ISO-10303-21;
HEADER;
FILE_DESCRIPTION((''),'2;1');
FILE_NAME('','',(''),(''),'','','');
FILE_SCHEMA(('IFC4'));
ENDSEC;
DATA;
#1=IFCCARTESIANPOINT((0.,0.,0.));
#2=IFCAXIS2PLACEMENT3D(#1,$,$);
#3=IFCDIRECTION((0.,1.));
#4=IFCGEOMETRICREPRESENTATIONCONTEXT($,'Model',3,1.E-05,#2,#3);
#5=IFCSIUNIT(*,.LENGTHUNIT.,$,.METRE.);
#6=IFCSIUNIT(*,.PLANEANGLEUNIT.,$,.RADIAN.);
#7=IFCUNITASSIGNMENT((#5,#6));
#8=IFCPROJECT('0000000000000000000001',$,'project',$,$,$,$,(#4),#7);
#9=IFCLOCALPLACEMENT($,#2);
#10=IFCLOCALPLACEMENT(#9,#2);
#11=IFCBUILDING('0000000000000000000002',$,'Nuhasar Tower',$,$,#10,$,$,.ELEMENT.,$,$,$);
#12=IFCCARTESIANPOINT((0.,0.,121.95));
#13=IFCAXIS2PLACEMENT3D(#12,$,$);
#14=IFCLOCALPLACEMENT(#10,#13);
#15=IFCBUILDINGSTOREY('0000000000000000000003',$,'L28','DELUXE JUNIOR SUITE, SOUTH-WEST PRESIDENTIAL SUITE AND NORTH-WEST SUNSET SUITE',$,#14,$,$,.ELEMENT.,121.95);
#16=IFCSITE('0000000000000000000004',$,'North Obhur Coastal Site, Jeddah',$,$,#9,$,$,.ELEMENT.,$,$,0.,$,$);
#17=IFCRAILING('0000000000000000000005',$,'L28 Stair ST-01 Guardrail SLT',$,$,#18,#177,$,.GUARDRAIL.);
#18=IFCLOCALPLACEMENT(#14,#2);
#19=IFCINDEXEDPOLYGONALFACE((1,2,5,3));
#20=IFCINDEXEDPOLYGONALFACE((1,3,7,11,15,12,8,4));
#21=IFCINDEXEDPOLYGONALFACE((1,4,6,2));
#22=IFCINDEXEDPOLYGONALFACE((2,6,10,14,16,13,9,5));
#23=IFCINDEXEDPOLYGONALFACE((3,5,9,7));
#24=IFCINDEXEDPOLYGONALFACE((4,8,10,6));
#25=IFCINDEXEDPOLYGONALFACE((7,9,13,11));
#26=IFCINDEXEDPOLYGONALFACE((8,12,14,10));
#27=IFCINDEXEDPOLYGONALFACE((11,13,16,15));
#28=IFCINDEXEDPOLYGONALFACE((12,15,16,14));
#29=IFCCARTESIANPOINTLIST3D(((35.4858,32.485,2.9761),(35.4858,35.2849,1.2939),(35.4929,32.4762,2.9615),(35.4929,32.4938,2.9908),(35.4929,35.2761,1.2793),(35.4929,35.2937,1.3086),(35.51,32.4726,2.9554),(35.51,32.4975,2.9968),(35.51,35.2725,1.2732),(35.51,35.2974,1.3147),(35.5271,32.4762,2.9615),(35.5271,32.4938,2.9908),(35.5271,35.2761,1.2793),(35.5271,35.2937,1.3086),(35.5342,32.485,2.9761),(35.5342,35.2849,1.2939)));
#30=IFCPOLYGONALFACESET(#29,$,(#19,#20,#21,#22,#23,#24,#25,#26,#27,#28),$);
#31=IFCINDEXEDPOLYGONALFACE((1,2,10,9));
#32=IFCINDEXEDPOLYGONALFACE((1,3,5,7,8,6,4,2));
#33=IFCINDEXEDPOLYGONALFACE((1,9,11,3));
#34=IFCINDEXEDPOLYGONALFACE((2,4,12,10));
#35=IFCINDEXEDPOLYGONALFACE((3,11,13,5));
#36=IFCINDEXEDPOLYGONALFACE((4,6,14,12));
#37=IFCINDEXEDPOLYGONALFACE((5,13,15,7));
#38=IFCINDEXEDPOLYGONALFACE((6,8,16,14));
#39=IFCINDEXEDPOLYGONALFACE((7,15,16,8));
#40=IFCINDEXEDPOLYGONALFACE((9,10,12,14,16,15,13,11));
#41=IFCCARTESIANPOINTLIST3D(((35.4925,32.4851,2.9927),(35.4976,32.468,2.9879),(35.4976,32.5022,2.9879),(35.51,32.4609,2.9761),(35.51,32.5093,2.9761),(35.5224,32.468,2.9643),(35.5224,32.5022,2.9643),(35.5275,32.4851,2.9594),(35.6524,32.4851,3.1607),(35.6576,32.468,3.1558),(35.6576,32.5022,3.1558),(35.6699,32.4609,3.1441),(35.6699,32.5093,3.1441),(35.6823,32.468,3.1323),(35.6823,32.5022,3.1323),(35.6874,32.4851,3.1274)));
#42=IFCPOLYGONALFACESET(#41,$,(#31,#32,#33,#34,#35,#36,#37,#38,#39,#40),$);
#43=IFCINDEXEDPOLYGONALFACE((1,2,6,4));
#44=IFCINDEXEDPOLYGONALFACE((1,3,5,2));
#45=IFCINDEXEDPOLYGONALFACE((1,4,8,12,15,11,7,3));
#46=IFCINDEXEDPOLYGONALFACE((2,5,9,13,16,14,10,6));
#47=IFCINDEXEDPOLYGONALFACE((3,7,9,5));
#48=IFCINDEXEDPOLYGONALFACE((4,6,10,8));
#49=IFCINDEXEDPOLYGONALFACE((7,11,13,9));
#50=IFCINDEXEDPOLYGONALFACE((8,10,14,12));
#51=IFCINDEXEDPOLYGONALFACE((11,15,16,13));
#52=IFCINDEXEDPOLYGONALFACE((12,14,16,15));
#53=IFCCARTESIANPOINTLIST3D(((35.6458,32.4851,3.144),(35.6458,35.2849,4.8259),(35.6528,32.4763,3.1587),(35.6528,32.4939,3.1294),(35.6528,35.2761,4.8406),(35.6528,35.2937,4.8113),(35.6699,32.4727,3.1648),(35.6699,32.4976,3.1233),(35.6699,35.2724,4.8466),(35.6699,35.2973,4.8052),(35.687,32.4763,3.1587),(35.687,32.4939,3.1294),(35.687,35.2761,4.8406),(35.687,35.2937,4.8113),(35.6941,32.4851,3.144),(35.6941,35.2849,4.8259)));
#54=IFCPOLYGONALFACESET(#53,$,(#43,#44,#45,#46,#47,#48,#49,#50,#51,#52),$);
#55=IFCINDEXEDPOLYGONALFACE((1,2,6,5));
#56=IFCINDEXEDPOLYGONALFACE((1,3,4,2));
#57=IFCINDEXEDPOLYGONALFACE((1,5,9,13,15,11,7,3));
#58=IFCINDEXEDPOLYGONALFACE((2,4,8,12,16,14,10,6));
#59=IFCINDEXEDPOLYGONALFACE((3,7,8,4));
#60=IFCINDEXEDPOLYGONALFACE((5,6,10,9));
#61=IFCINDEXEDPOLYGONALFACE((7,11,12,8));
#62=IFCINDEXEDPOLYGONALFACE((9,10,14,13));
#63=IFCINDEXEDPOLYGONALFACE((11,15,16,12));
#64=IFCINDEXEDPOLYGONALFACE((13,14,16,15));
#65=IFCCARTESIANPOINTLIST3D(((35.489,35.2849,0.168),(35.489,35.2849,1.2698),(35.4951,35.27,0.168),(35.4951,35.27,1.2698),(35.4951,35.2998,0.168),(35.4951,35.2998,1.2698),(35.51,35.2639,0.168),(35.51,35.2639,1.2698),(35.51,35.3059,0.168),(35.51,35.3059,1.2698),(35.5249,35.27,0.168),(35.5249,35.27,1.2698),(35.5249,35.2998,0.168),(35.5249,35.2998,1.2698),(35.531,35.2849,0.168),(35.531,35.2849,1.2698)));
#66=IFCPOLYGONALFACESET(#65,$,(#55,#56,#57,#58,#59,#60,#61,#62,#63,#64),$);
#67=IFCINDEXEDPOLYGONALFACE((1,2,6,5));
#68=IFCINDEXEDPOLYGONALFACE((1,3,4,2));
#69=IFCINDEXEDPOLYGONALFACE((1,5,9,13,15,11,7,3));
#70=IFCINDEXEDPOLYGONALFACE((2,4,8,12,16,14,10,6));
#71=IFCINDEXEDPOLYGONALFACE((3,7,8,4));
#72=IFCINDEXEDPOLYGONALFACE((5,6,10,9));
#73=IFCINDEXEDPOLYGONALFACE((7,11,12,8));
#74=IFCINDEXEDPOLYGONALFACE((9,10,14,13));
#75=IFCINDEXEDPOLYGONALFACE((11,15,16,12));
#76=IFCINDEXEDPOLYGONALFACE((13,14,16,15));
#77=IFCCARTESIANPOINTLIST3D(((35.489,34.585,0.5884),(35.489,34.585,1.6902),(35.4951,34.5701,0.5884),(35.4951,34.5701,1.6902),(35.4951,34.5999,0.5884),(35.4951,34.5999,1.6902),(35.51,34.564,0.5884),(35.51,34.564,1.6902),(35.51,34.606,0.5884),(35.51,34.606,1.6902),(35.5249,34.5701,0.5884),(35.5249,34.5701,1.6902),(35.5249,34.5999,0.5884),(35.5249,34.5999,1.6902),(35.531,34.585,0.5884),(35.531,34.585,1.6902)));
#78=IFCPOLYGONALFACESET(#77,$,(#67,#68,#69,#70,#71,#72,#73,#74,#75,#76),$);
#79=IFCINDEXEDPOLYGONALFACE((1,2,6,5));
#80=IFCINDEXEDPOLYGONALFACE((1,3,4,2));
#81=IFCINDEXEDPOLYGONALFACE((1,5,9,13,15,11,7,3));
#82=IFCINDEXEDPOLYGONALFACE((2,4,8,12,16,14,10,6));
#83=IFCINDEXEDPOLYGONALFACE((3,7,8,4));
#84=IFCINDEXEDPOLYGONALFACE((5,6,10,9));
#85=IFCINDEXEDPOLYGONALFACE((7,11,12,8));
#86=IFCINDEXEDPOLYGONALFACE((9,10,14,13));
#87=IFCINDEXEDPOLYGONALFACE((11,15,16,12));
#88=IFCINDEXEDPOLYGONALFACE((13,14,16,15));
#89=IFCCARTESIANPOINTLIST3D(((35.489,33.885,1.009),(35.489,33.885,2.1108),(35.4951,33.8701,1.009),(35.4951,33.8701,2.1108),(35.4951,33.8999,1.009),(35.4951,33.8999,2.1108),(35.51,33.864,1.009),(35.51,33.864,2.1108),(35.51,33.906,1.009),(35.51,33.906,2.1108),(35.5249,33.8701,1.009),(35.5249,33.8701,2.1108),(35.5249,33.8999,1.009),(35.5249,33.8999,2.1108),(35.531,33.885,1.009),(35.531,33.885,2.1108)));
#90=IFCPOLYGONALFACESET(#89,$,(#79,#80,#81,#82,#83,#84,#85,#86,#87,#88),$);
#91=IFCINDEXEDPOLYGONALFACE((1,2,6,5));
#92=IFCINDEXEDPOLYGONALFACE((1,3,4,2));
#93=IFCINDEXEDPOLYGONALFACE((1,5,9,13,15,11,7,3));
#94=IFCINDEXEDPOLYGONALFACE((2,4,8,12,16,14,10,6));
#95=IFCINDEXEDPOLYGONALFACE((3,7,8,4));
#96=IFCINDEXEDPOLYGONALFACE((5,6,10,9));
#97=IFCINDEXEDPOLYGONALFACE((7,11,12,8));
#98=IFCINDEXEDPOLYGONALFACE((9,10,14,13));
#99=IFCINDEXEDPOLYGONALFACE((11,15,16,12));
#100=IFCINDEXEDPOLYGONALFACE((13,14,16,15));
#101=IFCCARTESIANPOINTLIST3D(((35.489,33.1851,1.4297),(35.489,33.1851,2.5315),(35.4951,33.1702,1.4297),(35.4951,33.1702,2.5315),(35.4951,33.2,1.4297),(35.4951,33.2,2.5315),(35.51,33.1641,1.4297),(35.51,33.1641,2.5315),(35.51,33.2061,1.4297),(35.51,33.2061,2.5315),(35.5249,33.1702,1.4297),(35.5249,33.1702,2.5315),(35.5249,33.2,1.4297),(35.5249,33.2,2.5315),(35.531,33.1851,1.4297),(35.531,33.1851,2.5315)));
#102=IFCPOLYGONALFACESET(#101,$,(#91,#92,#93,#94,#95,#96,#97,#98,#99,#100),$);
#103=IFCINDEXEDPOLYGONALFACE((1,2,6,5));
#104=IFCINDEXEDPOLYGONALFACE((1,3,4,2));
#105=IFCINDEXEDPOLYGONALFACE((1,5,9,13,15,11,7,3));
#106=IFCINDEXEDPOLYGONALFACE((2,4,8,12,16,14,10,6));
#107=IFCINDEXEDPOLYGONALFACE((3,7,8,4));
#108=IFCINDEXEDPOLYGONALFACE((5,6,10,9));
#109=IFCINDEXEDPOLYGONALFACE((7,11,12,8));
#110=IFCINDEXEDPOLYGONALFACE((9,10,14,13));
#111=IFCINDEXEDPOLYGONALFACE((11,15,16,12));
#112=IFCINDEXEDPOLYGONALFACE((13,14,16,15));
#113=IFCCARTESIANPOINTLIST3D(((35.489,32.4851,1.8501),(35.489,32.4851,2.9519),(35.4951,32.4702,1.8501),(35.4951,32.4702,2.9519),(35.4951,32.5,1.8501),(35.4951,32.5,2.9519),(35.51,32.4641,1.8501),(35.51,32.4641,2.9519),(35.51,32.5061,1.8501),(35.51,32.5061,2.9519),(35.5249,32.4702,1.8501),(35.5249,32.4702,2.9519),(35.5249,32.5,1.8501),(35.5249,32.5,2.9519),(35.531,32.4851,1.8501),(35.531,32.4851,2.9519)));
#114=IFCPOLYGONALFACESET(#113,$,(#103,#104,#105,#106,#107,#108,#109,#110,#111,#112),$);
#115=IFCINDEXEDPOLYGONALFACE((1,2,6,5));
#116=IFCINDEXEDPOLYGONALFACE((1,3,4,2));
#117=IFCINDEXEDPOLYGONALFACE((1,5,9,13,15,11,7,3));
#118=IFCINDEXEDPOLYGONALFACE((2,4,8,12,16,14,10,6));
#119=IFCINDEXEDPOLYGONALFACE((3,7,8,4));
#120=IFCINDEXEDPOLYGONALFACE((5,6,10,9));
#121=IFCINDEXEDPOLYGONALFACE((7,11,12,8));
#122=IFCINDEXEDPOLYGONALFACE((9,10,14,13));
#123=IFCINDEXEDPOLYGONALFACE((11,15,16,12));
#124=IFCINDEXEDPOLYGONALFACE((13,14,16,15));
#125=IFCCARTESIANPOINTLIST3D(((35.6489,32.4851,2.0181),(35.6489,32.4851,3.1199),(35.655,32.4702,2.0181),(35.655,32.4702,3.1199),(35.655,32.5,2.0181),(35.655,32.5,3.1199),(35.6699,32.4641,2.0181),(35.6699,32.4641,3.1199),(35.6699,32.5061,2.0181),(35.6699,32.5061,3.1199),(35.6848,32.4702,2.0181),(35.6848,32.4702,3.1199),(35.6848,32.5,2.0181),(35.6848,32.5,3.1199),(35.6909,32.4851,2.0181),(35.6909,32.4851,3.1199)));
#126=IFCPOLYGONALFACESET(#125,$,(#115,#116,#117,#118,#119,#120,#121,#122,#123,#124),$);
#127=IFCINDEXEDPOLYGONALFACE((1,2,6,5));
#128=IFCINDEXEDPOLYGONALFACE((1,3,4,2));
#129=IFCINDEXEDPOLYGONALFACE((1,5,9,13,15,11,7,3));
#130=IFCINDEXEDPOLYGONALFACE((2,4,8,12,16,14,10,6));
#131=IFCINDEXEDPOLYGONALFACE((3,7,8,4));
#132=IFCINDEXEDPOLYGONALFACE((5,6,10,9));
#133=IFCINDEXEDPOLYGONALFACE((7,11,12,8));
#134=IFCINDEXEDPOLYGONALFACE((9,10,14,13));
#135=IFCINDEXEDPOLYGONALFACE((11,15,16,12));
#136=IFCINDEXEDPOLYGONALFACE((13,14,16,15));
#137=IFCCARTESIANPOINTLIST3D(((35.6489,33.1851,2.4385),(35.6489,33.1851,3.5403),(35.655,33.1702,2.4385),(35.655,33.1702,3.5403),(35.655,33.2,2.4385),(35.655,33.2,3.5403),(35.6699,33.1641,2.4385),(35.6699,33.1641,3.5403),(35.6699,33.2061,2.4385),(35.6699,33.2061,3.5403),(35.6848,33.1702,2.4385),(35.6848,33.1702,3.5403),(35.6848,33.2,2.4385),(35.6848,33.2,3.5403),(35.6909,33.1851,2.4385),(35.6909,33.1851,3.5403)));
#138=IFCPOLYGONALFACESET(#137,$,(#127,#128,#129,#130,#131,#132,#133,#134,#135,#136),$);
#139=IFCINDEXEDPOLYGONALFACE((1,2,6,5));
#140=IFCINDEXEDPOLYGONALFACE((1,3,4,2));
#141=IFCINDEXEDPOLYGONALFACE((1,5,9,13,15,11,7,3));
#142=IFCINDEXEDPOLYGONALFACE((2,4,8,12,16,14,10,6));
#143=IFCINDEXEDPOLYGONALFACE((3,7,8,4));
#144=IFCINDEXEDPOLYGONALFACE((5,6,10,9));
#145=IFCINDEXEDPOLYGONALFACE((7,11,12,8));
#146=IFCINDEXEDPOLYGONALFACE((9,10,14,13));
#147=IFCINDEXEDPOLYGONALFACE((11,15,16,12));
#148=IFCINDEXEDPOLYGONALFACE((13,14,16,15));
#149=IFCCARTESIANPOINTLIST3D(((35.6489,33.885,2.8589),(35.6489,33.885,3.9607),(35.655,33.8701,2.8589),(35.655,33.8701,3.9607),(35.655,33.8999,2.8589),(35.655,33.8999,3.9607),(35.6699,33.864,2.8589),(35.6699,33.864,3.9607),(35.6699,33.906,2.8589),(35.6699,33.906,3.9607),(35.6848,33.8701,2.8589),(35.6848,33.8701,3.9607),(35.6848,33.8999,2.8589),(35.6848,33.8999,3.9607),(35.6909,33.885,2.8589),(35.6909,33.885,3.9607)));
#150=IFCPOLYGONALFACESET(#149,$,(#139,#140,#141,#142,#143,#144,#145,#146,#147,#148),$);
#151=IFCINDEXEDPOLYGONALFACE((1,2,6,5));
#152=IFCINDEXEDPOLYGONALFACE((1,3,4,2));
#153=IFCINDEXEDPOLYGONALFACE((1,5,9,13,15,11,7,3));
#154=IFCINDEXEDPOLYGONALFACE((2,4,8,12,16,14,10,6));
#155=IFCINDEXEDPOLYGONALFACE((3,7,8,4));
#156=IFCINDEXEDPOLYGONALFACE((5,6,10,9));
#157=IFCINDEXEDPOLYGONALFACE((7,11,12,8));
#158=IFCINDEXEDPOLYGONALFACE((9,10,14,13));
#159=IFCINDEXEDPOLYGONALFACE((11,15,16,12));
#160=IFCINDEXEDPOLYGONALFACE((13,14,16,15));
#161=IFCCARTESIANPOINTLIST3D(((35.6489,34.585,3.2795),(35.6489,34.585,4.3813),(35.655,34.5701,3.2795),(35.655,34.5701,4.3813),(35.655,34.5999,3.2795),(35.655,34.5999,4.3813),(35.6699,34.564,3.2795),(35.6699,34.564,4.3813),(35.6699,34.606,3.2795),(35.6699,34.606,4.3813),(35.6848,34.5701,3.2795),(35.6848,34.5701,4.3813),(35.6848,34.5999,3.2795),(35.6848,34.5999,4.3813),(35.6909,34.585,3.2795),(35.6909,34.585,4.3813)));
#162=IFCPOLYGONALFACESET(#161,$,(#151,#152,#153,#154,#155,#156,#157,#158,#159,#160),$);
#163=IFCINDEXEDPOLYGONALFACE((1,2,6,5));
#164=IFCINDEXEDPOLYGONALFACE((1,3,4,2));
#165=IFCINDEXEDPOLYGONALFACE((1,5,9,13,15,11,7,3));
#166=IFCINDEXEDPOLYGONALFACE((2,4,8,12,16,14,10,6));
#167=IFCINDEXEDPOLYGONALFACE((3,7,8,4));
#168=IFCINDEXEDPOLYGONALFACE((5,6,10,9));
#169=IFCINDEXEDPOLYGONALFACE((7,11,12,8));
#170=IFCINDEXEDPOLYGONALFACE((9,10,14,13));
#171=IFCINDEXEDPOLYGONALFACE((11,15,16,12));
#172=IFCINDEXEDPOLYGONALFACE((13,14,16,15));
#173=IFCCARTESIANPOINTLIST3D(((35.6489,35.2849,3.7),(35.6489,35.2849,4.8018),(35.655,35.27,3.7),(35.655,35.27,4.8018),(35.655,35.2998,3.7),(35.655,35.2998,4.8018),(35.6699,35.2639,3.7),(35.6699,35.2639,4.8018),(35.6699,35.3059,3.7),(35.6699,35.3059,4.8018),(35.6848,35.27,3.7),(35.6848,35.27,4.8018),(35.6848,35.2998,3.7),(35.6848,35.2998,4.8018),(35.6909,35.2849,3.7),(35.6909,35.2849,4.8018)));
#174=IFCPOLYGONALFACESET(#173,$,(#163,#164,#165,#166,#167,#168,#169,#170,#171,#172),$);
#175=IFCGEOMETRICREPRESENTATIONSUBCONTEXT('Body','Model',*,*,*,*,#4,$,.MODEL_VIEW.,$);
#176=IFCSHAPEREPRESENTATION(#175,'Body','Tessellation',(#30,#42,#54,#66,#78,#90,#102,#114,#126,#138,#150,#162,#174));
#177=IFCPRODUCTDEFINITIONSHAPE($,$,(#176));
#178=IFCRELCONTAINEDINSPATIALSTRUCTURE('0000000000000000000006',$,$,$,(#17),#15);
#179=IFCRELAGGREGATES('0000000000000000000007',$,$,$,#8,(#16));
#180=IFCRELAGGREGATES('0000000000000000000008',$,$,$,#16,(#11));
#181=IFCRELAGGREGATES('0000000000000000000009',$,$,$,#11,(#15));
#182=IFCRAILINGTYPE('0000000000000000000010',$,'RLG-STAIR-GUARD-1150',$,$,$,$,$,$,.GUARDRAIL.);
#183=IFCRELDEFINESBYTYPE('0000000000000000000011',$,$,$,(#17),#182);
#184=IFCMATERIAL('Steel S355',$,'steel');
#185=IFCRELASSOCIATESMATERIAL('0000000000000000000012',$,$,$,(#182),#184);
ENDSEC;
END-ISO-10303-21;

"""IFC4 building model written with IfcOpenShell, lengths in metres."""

from ifc_helpers import new_model, si_unit, direction, frame, origin, place, context, subcontext, project, spatial, polyline, outline, extrude, material, type_object, element, save


model = new_model("IFC4")

# Units and contexts
model_context = context("Model", 3, precision=1e-05, world=origin(), true_north=direction((0.0, 1.0)))
body_context = subcontext(model_context, "Body", "Model", "MODEL_VIEW")
ifc_project = project(units=[si_unit("LENGTHUNIT", "METRE"), si_unit("PLANEANGLEUNIT", "RADIAN")], contexts=[model_context])

# Site, building, storey
site_placement = place(None, origin())
site = spatial("IfcSite", under=ifc_project, at=site_placement, Name="North Obhur Coastal Site, Jeddah", CompositionType="ELEMENT", RefElevation=0.0)
building_placement = place(site_placement, origin())
building = spatial("IfcBuilding", under=site, at=building_placement, Name="Nuhasar Tower", CompositionType="ELEMENT")
storey_placement = place(building_placement, frame((0.0, 0.0, 121.95)))
storey = spatial("IfcBuildingStorey", under=building, at=storey_placement, Name="L28", Description="DELUXE JUNIOR SUITE, SOUTH-WEST PRESIDENTIAL SUITE AND NORTH-WEST SUNSET SUITE", CompositionType="ELEMENT", Elevation=121.95)

# Shared definitions
ifc_material_1 = material(Name="Steel S355", Category="steel")

# Railing
railing_type_1 = type_object("IfcRailingType", Name="RLG-STAIR-GUARD-1150", PredefinedType="GUARDRAIL", material=ifc_material_1)
railing_1_placement = place(storey_placement, frame((35.51, 35.2849, 0.168)))
element("IfcRailing", 1, at=railing_1_placement, inside=storey, type_object=railing_type_1, Name="L28 Stair ST-01 Guardrail SLT", PredefinedType="GUARDRAIL", context=body_context, shape_type="SweptSolid", body=[
    extrude(outline(polyline([(0.0242, 0.0), (0.0171, 0.0171), (0.0, 0.0242), (-0.0171, 0.0171), (-0.0242, 0.0), (-0.0171, -0.0171), (0.0, -0.0242), (0.0171, -0.0171), (0.0242, 0.0)])), frame((0.0, 0.0, 1.126), z_axis=(0.0, -0.857189, 0.515001), x_axis=(1.0, 0.0, 0.0)), (0.0, 0.0, 1.0), 3.2664),
    extrude(outline(polyline([(0.0242, 0.0), (0.0171, 0.0171), (0.0, 0.0242), (-0.0171, 0.0171), (-0.0242, 0.0), (-0.0171, -0.0171), (0.0, -0.0242), (0.0171, -0.0171), (0.0242, 0.0)])), frame((0.0, -2.7998, 2.8081), z_axis=(0.689524, 0.0, 0.724263), x_axis=(0.0, 1.0, 0.0)), (0.0, 0.0, 1.0), 0.2319),
    extrude(outline(polyline([(0.0242, 0.0), (0.0171, 0.0171), (0.0, 0.0242), (-0.0171, 0.0171), (-0.0242, 0.0), (-0.0171, -0.0171), (0.0, -0.0242), (0.0171, -0.0171), (0.0242, 0.0)])), frame((0.1599, -2.7998, 2.9761), z_axis=(0.0, 0.857222, 0.514946), x_axis=(-1.0, 0.0, 0.0)), (0.0, 0.0, 1.0), 3.2661),
    extrude(outline(polyline([(0.021, 0.0), (0.0149, 0.0149), (0.0, 0.021), (-0.0149, 0.0149), (-0.021, 0.0), (-0.0149, -0.0149), (0.0, -0.021), (0.0149, -0.0149), (0.021, 0.0)])), origin(), (0.0, 0.0, 1.0), 1.1018),
    extrude(outline(polyline([(0.021, 0.0), (0.0149, 0.0149), (0.0, 0.021), (-0.0149, 0.0149), (-0.021, 0.0), (-0.0149, -0.0149), (0.0, -0.021), (0.0149, -0.0149), (0.021, 0.0)])), frame((0.0, -0.7, 0.4204)), (0.0, 0.0, 1.0), 1.1018),
    extrude(outline(polyline([(0.021, 0.0), (0.0149, 0.0149), (0.0, 0.021), (-0.0149, 0.0149), (-0.021, 0.0), (-0.0149, -0.0149), (0.0, -0.021), (0.0149, -0.0149), (0.021, 0.0)])), frame((0.0, -1.3999, 0.8411)), (0.0, 0.0, 1.0), 1.1018),
    extrude(outline(polyline([(0.021, 0.0), (0.0149, 0.0149), (0.0, 0.021), (-0.0149, 0.0149), (-0.021, 0.0), (-0.0149, -0.0149), (0.0, -0.021), (0.0149, -0.0149), (0.021, 0.0)])), frame((0.0, -2.0999, 1.2617)), (0.0, 0.0, 1.0), 1.1018),
    extrude(outline(polyline([(0.021, 0.0), (0.0149, 0.0149), (0.0, 0.021), (-0.0149, 0.0149), (-0.021, 0.0), (-0.0149, -0.0149), (0.0, -0.021), (0.0149, -0.0149), (0.021, 0.0)])), frame((0.0, -2.7998, 1.6821)), (0.0, 0.0, 1.0), 1.1018),
    extrude(outline(polyline([(0.021, 0.0), (0.0149, 0.0149), (0.0, 0.021), (-0.0149, 0.0149), (-0.021, 0.0), (-0.0149, -0.0149), (0.0, -0.021), (0.0149, -0.0149), (0.021, 0.0)])), frame((0.1599, -2.7998, 1.8501)), (0.0, 0.0, 1.0), 1.1018),
    extrude(outline(polyline([(0.021, 0.0), (0.0149, 0.0149), (0.0, 0.021), (-0.0149, 0.0149), (-0.021, 0.0), (-0.0149, -0.0149), (0.0, -0.021), (0.0149, -0.0149), (0.021, 0.0)])), frame((0.1599, -2.0999, 2.2705)), (0.0, 0.0, 1.0), 1.1018),
    extrude(outline(polyline([(0.021, 0.0), (0.0149, 0.0149), (0.0, 0.021), (-0.0149, 0.0149), (-0.021, 0.0), (-0.0149, -0.0149), (0.0, -0.021), (0.0149, -0.0149), (0.021, 0.0)])), frame((0.1599, -1.3999, 2.6909)), (0.0, 0.0, 1.0), 1.1018),
    extrude(outline(polyline([(0.021, 0.0), (0.0149, 0.0149), (0.0, 0.021), (-0.0149, 0.0149), (-0.021, 0.0), (-0.0149, -0.0149), (0.0, -0.021), (0.0149, -0.0149), (0.021, 0.0)])), frame((0.1599, -0.7, 3.1116)), (0.0, 0.0, 1.0), 1.1018),
    extrude(outline(polyline([(0.021, 0.0), (0.0149, 0.0149), (0.0, 0.021), (-0.0149, 0.0149), (-0.021, 0.0), (-0.0149, -0.0149), (0.0, -0.021), (0.0149, -0.0149), (0.021, 0.0)])), frame((0.1599, 0.0, 3.532)), (0.0, 0.0, 1.0), 1.1018),
])

save(model, "model.ifc")
